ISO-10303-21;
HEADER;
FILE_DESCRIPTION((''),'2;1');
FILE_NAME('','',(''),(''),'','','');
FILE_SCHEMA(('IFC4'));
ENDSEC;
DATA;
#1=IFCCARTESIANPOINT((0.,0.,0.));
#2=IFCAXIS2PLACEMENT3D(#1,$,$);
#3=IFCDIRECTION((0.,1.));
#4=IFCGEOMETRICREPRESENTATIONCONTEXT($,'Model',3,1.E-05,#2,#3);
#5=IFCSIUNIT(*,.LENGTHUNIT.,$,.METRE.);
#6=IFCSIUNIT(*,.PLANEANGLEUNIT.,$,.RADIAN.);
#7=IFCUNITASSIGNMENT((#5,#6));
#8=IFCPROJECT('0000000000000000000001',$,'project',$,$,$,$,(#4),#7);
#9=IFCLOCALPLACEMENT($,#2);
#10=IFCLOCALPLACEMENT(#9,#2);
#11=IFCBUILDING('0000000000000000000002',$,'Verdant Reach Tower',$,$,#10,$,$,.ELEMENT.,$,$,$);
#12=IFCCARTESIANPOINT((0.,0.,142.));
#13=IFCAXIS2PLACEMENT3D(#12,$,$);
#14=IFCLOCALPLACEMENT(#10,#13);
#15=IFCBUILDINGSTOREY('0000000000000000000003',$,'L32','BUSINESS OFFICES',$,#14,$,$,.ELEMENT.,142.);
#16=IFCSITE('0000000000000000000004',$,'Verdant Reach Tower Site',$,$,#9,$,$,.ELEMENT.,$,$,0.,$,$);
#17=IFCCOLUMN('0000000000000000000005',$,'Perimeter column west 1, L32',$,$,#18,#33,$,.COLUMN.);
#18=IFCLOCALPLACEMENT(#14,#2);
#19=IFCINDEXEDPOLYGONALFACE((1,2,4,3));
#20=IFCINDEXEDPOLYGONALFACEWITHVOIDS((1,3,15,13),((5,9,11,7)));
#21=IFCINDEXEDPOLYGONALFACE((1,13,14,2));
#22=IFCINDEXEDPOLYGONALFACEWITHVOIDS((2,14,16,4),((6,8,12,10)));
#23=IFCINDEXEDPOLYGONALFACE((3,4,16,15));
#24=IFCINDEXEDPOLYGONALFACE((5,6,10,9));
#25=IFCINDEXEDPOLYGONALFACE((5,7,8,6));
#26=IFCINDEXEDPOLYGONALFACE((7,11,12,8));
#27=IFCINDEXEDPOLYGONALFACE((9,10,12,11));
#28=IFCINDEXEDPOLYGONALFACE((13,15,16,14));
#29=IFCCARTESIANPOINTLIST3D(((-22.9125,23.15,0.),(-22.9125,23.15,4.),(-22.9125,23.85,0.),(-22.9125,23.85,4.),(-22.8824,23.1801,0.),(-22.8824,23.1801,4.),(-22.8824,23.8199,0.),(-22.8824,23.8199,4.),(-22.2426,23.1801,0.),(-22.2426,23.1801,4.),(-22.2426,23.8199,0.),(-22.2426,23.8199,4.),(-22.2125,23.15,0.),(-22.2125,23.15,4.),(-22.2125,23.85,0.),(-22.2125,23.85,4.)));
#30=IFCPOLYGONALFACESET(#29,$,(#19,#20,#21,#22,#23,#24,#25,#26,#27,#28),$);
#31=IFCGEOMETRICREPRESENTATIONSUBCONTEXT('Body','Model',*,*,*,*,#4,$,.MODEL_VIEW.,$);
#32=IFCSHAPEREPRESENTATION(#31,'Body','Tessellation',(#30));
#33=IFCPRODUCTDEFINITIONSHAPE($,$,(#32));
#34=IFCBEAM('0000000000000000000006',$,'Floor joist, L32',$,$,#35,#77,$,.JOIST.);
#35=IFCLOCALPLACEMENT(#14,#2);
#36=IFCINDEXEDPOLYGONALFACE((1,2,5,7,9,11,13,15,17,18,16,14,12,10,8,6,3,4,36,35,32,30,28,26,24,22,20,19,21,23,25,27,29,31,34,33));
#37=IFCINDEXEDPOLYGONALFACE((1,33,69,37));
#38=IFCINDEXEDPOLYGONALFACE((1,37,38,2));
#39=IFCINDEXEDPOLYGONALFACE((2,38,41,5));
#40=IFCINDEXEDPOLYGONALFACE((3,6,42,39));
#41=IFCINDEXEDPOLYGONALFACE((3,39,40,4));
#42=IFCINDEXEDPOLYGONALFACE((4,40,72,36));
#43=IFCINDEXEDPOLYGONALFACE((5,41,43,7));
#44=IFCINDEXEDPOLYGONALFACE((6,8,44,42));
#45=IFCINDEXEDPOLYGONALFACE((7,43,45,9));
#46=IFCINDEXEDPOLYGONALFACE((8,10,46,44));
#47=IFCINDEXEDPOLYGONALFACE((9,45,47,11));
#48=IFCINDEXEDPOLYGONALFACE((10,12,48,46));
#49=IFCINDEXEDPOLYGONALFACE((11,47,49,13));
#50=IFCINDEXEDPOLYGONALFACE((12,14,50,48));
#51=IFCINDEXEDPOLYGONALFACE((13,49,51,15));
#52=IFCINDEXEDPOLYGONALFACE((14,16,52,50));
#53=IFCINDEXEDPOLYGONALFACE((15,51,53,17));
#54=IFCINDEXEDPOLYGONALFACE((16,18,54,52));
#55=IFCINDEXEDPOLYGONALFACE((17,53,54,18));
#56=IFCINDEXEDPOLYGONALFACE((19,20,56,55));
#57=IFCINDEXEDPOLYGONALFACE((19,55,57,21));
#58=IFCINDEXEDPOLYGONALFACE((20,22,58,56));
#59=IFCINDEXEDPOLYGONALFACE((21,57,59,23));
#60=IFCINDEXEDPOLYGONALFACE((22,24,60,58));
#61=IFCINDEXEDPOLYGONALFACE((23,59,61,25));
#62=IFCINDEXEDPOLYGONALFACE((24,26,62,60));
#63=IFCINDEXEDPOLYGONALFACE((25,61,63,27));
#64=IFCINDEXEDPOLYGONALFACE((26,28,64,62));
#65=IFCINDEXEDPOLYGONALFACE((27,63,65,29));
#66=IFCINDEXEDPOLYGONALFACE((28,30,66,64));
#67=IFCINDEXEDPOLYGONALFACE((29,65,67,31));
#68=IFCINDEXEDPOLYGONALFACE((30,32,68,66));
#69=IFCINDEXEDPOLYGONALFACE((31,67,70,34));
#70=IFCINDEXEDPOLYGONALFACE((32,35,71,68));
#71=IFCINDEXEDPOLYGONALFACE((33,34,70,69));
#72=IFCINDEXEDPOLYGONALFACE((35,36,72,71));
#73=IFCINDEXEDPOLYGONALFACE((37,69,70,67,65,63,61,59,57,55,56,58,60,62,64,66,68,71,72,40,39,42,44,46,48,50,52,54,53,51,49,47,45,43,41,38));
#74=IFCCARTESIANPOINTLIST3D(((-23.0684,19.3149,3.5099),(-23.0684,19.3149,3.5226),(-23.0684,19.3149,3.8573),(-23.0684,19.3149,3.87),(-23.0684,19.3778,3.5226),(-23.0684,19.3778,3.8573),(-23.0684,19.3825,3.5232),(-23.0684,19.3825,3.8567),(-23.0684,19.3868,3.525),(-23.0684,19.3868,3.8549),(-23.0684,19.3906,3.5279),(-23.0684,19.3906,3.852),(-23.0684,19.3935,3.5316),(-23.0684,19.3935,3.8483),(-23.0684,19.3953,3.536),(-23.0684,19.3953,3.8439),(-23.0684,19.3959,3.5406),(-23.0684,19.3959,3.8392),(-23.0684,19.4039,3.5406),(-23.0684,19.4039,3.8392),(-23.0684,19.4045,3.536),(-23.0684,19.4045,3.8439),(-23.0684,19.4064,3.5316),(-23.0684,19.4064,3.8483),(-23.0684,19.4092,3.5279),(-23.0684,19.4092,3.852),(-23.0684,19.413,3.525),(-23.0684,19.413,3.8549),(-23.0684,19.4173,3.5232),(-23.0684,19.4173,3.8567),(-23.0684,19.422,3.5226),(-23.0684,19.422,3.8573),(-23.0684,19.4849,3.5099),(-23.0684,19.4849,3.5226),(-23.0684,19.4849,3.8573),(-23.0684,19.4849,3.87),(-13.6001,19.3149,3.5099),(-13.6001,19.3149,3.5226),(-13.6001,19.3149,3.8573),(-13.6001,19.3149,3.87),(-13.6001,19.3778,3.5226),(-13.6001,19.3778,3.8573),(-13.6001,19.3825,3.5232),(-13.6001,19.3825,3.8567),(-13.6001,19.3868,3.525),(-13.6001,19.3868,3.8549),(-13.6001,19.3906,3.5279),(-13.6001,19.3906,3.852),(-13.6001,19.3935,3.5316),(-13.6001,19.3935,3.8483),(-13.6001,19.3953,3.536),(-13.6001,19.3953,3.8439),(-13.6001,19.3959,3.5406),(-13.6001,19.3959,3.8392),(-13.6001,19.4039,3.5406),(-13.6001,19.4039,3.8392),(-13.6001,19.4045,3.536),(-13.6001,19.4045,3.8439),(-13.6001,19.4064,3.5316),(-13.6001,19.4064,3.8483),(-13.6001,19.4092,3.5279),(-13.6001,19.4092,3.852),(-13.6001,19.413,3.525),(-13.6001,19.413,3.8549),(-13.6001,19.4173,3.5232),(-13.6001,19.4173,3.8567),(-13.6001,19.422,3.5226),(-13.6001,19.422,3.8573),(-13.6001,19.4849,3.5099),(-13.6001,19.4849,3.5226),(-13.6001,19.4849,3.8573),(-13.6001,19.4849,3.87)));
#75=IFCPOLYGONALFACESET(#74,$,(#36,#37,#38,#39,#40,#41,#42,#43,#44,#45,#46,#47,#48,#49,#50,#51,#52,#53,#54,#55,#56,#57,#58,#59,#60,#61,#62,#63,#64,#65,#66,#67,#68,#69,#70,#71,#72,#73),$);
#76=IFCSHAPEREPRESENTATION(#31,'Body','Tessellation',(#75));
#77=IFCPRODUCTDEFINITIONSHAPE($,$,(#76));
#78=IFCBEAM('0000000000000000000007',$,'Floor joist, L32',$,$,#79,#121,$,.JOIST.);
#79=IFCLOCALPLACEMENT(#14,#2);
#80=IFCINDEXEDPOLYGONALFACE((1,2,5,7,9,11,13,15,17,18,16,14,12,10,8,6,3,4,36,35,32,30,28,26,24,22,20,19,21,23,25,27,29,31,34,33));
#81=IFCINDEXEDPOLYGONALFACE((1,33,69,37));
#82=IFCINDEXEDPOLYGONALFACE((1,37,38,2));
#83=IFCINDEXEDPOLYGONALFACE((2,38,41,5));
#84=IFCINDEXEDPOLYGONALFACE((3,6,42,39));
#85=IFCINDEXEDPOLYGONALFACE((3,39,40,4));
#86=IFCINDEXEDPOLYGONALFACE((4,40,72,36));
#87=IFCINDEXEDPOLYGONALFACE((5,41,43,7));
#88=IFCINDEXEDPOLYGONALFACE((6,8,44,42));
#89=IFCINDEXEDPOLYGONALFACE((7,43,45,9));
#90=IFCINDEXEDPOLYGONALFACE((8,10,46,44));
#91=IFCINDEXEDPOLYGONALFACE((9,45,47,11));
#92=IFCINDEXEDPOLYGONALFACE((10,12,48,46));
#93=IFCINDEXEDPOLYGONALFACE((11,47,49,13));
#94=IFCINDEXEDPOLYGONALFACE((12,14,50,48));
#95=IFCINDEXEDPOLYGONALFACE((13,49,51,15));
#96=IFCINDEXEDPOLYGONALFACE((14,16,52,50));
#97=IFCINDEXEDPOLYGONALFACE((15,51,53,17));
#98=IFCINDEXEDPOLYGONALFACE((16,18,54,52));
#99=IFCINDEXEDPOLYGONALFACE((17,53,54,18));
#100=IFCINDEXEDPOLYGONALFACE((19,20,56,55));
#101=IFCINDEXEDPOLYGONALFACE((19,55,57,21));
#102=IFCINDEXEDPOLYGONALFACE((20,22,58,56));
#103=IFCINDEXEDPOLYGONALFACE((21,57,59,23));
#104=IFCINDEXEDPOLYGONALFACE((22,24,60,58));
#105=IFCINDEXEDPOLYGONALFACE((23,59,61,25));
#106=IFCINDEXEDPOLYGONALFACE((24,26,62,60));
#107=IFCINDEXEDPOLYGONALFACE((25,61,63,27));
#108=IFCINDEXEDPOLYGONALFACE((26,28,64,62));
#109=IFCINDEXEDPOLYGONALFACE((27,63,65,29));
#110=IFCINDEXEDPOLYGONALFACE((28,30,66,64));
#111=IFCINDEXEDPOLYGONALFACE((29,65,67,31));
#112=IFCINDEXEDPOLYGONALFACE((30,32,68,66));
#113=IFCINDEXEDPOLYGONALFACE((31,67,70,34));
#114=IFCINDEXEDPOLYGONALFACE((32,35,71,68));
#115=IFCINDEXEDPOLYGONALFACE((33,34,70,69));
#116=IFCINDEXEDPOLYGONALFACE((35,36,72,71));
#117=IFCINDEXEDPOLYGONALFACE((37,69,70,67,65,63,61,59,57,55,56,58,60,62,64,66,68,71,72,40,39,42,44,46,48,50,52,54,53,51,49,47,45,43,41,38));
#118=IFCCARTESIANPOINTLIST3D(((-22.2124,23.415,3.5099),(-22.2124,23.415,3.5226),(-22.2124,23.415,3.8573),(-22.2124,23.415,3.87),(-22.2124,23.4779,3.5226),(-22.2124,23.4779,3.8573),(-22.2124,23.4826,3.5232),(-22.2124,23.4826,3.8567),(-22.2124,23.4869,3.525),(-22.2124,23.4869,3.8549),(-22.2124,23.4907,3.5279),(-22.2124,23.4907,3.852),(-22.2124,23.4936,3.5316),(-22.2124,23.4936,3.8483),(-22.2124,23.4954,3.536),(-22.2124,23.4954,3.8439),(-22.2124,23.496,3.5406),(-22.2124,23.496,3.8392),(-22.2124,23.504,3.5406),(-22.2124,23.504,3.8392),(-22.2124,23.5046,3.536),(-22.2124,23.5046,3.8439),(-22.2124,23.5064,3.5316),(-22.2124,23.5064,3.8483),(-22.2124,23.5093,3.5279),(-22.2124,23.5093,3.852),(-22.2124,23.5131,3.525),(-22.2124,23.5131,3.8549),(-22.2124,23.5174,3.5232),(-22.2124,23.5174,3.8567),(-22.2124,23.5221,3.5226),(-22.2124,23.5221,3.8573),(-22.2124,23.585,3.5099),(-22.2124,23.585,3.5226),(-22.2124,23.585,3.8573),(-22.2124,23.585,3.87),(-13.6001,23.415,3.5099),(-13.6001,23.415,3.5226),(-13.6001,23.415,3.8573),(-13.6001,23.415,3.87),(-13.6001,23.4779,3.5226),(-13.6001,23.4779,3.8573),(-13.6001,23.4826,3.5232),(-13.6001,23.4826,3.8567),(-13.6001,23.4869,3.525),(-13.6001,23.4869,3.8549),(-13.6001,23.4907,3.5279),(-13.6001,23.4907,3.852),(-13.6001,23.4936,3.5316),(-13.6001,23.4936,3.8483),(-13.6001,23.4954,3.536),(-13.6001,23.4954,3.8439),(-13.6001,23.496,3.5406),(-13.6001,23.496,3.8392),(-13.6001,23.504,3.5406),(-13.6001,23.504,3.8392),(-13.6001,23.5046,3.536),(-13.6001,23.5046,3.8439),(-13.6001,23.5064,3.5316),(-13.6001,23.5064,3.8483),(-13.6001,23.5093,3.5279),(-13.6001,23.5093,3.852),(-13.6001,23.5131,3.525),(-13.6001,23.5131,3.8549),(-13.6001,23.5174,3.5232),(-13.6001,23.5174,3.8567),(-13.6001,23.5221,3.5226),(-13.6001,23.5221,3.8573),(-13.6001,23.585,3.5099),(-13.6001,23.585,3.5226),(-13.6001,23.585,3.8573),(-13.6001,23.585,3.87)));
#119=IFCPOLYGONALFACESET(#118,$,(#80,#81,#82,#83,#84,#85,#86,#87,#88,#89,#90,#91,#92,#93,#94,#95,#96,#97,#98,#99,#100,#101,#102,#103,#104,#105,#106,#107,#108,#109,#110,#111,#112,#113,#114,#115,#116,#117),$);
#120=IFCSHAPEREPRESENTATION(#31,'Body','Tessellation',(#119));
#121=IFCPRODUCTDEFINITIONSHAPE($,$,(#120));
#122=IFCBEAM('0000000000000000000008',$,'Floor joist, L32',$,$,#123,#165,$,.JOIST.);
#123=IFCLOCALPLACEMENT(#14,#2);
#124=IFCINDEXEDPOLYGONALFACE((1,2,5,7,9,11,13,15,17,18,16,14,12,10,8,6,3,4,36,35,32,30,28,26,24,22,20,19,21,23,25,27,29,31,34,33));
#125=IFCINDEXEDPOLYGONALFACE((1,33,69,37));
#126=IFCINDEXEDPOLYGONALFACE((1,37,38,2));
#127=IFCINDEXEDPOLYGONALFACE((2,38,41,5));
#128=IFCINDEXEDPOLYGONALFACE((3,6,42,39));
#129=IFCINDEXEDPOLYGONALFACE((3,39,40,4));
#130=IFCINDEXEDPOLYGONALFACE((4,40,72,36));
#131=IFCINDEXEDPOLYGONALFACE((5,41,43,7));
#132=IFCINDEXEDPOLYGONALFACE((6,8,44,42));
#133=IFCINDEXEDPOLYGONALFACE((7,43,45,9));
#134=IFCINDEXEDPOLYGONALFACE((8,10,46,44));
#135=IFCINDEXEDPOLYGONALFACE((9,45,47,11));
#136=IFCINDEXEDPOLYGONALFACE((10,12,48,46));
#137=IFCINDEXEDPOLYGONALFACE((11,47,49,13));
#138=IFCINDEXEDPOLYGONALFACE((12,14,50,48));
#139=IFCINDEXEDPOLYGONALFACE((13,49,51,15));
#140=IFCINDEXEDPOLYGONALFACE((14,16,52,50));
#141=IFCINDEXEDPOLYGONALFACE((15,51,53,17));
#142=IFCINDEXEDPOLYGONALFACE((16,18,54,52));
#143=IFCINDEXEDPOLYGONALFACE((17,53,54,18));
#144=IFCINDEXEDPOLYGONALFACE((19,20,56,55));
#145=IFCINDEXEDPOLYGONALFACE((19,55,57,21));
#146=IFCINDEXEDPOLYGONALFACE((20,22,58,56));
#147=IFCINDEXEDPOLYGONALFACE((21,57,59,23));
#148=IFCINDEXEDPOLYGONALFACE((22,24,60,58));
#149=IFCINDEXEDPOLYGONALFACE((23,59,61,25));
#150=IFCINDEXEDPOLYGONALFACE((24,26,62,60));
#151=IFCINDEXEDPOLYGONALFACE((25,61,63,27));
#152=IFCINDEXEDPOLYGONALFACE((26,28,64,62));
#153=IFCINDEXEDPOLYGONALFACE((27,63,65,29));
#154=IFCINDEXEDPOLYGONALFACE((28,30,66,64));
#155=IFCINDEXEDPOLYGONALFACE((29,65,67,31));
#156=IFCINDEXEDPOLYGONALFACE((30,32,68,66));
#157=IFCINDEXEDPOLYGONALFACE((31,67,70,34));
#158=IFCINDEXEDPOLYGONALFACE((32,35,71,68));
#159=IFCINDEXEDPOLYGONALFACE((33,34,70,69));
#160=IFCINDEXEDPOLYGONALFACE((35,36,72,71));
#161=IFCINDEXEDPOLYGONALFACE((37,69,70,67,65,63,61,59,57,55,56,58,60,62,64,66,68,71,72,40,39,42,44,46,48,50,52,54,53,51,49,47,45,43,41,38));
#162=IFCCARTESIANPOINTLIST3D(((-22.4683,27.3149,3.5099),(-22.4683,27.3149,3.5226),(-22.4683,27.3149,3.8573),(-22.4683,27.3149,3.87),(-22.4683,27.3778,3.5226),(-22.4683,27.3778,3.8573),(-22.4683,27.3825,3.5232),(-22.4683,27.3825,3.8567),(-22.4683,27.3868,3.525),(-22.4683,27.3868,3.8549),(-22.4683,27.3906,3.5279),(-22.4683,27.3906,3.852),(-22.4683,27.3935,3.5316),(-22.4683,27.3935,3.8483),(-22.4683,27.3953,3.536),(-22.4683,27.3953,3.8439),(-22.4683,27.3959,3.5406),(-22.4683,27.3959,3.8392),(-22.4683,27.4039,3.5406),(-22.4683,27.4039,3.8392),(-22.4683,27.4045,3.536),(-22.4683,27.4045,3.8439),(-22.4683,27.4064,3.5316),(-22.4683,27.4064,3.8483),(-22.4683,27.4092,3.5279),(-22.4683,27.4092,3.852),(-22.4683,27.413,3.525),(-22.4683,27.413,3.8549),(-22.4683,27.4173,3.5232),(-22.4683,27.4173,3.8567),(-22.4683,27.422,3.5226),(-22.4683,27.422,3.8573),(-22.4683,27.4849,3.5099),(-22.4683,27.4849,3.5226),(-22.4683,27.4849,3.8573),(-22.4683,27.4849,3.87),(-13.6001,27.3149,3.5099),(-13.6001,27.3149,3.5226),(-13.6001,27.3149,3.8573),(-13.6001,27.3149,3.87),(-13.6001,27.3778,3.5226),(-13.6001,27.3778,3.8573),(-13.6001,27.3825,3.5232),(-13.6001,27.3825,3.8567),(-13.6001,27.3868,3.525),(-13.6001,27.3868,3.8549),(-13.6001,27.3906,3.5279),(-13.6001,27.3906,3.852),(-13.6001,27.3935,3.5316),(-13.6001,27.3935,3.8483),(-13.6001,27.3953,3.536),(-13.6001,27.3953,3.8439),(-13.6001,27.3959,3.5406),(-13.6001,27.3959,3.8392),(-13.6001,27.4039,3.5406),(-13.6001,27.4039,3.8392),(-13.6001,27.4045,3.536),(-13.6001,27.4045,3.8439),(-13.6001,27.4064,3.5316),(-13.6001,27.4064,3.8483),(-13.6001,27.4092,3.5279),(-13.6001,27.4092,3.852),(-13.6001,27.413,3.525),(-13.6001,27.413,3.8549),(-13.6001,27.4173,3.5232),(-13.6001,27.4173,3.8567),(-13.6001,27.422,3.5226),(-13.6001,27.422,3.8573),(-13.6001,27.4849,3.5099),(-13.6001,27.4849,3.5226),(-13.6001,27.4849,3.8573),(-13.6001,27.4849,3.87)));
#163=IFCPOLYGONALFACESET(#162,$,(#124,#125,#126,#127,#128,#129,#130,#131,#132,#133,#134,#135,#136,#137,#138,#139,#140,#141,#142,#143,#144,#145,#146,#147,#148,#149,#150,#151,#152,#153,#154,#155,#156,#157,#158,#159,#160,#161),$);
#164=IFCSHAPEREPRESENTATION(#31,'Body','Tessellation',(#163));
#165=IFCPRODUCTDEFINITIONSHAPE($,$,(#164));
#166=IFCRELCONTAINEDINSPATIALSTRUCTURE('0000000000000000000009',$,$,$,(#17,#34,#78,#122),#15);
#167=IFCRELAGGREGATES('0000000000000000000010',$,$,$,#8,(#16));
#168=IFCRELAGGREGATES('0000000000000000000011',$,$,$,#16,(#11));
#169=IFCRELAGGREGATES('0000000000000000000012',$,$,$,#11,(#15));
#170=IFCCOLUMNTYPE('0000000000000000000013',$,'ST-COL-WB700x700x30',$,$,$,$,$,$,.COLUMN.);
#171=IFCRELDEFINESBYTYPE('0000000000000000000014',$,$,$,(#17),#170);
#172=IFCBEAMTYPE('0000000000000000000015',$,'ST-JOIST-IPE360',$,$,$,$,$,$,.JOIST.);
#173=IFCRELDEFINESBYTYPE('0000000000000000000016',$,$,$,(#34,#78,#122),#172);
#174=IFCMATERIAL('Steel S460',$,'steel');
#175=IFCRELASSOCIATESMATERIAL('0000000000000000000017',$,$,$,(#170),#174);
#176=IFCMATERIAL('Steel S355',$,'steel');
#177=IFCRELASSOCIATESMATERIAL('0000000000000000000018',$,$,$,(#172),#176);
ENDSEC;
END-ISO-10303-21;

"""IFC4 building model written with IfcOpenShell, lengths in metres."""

from ifc_helpers import new_model, si_unit, direction, frame, origin, origin_2d, place, context, subcontext, project, spatial, hollow_rectangle, i_section, extrude, material, material_profile, profile_set, type_object, element, save


model = new_model("IFC4")

# Units and contexts
model_context = context("Model", 3, precision=1e-05, world=origin(), true_north=direction((0.0, 1.0)))
body_context = subcontext(model_context, "Body", "Model", "MODEL_VIEW")
ifc_project = project(units=[si_unit("LENGTHUNIT", "METRE"), si_unit("PLANEANGLEUNIT", "RADIAN")], contexts=[model_context])

# Site, building, storey
site_placement = place(None, origin())
site = spatial("IfcSite", under=ifc_project, at=site_placement, Name="Verdant Reach Tower Site", CompositionType="ELEMENT", RefElevation=0.0)
building_placement = place(site_placement, origin())
building = spatial("IfcBuilding", under=site, at=building_placement, Name="Verdant Reach Tower", CompositionType="ELEMENT")
storey_placement = place(building_placement, frame((0.0, 0.0, 142.0)))
storey = spatial("IfcBuildingStorey", under=building, at=storey_placement, Name="L32", Description="BUSINESS OFFICES", CompositionType="ELEMENT", Elevation=142.0)

# Column
ifc_material_1 = material(Name="Steel S460", Category="steel")
ifc_material_profile_1 = material_profile(ifc_material_1, hollow_rectangle(XDim=0.7, YDim=0.7, WallThickness=0.03, at=origin_2d()), Name="WB 700x700x30")
ifc_profile_set_1 = profile_set([ifc_material_profile_1], Name="Steel S460")
column_type = type_object("IfcColumnType", Name="ST-COL-WB700x700x30", PredefinedType="COLUMN", material=ifc_profile_set_1)
column_placement = place(storey_placement, frame((-22.5625, 23.5, 0.0), z_axis=(0.0, 0.0, 1.0), x_axis=(1.0, 0.0, 0.0)))
element("IfcColumn", 1, at=column_placement, inside=storey, type_object=column_type, Name="Perimeter column west 1, L32", PredefinedType="COLUMN", context=body_context, shape_type="SweptSolid", body=[
    extrude(hollow_rectangle(XDim=0.7, YDim=0.7, WallThickness=0.03, at=origin_2d()), origin(), (0.0, 0.0, 1.0), 4.0),
])

# Beams
ifc_material_2 = material(Name="Steel S355", Category="steel")
ifc_material_profile_2 = material_profile(ifc_material_2, i_section(OverallWidth=0.1699, OverallDepth=0.3601, WebThickness=0.0081, FlangeThickness=0.0127, FilletRadius=0.0181, at=origin_2d()), Name="IPE 360")
ifc_profile_set_2 = profile_set([ifc_material_profile_2], Name="Steel S355")
beam_type = type_object("IfcBeamType", Name="ST-JOIST-IPE360", PredefinedType="JOIST", material=ifc_profile_set_2)
beam_1_placement = place(storey_placement, frame((-13.6001, 19.3999, 3.6899), z_axis=(-1.0, 0.0, 0.0), x_axis=(0.0, -1.0, 0.0)))
element("IfcBeam", 2, at=beam_1_placement, inside=storey, type_object=beam_type, Name="Floor joist, L32", PredefinedType="JOIST", context=body_context, shape_type="SweptSolid", body=[
    extrude(i_section(OverallWidth=0.1699, OverallDepth=0.3601, WebThickness=0.0081, FlangeThickness=0.0127, FilletRadius=0.0181, at=origin_2d()), origin(), (0.0, 0.0, 1.0), 9.4683),
])
beam_2_placement = place(storey_placement, frame((-13.6001, 23.5, 3.6899), z_axis=(-1.0, 0.0, 0.0), x_axis=(0.0, -1.0, 0.0)))
element("IfcBeam", 3, at=beam_2_placement, inside=storey, type_object=beam_type, Name="Floor joist, L32", PredefinedType="JOIST", context=body_context, shape_type="SweptSolid", body=[
    extrude(i_section(OverallWidth=0.1699, OverallDepth=0.3601, WebThickness=0.0081, FlangeThickness=0.0127, FilletRadius=0.0181, at=origin_2d()), origin(), (0.0, 0.0, 1.0), 8.6123),
])
beam_3_placement = place(storey_placement, frame((-13.6001, 27.3999, 3.6899), z_axis=(-1.0, 0.0, 0.0), x_axis=(0.0, -1.0, 0.0)))
element("IfcBeam", 4, at=beam_3_placement, inside=storey, type_object=beam_type, Name="Floor joist, L32", PredefinedType="JOIST", context=body_context, shape_type="SweptSolid", body=[
    extrude(i_section(OverallWidth=0.1699, OverallDepth=0.3601, WebThickness=0.0081, FlangeThickness=0.0127, FilletRadius=0.0181, at=origin_2d()), origin(), (0.0, 0.0, 1.0), 8.8682),
])

save(model, "model.ifc")
